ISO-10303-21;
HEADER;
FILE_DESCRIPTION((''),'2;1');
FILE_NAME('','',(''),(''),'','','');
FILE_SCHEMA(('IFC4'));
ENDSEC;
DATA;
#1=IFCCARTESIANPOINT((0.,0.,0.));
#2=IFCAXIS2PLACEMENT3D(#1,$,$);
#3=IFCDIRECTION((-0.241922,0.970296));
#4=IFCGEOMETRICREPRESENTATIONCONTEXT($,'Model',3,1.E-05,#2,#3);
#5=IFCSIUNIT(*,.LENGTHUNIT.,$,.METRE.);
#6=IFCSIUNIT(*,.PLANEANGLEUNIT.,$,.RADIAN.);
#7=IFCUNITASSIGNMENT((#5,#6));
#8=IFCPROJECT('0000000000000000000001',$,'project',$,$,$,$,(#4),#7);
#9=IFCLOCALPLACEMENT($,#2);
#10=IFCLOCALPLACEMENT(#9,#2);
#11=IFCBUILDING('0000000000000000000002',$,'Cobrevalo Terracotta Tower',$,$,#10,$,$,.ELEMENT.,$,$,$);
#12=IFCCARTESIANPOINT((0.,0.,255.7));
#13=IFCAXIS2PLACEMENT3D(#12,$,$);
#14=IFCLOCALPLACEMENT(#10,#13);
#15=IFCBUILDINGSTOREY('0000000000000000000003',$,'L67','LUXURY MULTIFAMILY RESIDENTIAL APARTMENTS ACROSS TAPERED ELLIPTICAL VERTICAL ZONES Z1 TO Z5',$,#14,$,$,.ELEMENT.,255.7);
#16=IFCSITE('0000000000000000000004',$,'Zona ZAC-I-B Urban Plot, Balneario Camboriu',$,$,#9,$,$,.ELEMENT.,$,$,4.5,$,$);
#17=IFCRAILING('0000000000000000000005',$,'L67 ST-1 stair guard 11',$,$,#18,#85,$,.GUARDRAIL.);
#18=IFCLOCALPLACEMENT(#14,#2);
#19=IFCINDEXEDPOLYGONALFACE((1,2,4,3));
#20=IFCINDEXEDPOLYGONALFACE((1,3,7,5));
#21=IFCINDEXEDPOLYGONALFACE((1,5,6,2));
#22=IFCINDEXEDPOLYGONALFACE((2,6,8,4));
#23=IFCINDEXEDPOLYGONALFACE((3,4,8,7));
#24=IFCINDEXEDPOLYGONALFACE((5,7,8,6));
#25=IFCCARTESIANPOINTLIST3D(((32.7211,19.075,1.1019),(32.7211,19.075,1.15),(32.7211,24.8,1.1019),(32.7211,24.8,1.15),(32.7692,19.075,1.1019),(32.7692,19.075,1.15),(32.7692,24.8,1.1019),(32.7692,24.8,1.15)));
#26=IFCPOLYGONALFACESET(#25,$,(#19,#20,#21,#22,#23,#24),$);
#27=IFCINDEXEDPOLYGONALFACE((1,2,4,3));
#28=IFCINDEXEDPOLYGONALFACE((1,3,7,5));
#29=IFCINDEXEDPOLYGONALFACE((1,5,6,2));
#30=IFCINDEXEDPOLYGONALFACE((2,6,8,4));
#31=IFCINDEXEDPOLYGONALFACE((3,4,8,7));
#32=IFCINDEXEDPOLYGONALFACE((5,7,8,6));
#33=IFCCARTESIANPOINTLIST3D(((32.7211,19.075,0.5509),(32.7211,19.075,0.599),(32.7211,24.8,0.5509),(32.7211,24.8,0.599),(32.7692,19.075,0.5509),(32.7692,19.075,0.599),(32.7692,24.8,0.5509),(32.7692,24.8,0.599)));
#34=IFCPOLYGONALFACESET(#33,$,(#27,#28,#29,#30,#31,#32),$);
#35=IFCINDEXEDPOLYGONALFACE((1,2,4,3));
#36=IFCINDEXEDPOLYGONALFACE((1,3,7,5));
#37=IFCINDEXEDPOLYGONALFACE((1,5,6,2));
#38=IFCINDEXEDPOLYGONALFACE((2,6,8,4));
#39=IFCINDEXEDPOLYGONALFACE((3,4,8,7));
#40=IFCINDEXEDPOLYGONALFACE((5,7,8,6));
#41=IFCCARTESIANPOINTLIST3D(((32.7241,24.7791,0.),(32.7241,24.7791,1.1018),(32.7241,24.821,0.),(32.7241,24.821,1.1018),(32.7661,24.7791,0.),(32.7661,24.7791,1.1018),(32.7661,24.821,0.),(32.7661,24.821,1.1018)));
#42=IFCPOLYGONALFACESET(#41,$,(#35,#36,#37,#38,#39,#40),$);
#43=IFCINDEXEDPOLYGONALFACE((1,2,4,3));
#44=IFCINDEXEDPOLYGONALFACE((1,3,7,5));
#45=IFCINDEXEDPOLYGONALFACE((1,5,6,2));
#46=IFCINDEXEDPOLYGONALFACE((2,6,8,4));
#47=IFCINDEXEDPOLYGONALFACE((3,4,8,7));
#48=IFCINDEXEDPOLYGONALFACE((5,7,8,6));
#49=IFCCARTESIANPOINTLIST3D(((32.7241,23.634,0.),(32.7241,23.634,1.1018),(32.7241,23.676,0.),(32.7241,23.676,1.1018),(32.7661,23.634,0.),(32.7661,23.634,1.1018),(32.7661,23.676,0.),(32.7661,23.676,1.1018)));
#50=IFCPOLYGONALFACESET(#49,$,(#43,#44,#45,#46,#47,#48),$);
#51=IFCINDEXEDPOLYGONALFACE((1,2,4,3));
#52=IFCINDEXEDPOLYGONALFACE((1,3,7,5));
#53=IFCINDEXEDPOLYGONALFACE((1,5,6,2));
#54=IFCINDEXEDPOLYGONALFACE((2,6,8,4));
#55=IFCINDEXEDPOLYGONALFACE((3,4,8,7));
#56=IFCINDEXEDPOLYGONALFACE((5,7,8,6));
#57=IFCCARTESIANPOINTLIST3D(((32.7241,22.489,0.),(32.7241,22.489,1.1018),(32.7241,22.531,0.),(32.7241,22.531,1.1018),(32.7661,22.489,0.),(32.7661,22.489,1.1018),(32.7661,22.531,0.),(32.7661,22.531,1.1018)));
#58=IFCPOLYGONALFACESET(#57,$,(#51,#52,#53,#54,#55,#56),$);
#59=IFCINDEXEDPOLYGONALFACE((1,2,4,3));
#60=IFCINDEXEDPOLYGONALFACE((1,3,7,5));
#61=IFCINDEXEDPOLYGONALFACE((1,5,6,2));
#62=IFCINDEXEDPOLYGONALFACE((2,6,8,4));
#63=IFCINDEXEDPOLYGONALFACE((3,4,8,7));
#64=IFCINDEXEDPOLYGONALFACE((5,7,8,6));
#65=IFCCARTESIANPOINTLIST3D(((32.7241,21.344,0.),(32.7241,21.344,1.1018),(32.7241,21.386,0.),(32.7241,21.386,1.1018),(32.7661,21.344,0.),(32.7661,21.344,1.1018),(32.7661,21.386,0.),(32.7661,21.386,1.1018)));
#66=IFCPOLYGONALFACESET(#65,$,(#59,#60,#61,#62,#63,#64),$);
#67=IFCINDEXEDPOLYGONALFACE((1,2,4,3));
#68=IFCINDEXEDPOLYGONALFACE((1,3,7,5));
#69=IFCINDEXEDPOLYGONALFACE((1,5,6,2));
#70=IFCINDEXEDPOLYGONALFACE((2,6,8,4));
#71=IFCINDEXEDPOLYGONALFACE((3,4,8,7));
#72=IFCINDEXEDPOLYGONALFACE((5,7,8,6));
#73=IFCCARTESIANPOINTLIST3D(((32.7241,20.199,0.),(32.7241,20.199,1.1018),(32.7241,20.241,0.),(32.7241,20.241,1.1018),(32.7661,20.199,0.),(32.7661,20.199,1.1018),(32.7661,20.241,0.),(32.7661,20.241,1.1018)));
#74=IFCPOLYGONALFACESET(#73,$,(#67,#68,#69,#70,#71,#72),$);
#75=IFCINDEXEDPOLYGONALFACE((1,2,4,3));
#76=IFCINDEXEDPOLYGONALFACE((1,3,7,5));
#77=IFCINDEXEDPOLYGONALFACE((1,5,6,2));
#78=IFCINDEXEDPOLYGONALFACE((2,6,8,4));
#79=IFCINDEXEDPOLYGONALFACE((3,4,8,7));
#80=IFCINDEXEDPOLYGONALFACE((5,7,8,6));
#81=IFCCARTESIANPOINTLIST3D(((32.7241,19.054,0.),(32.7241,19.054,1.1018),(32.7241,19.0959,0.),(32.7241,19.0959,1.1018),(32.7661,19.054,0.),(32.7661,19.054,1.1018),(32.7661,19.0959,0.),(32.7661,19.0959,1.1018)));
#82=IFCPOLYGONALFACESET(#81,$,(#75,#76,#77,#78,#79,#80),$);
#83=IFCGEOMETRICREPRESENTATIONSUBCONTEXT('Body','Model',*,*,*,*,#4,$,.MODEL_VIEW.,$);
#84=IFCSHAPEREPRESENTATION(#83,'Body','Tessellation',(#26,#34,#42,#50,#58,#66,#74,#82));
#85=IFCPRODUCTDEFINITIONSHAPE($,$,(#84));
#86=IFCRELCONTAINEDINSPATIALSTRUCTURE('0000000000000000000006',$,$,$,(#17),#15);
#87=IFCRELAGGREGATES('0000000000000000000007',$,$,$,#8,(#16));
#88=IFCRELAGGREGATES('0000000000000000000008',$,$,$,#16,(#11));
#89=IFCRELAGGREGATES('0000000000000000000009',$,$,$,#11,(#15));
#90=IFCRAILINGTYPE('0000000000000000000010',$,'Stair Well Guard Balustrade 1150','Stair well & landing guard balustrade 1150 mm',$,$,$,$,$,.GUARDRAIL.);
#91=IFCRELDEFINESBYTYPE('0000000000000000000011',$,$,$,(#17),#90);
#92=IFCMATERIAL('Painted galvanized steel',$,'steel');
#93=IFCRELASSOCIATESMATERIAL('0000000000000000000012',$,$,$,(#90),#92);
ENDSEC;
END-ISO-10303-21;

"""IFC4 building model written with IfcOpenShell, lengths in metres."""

from ifc_helpers import new_model, si_unit, direction, frame, origin, origin_2d, place, context, subcontext, project, spatial, rectangle, extrude, material, type_object, element, save


model = new_model("IFC4")

# Units and contexts
model_context = context("Model", 3, precision=1e-05, world=origin(), true_north=direction((-0.241922, 0.970296)))
body_context = subcontext(model_context, "Body", "Model", "MODEL_VIEW")
ifc_project = project(units=[si_unit("LENGTHUNIT", "METRE"), si_unit("PLANEANGLEUNIT", "RADIAN")], contexts=[model_context])

# Site, building, storey
site_placement = place(None, origin())
site = spatial("IfcSite", under=ifc_project, at=site_placement, Name="Zona ZAC-I-B Urban Plot, Balneario Camboriu", CompositionType="ELEMENT", RefElevation=4.5)
building_placement = place(site_placement, origin())
building = spatial("IfcBuilding", under=site, at=building_placement, Name="Cobrevalo Terracotta Tower", CompositionType="ELEMENT")
storey_placement = place(building_placement, frame((0.0, 0.0, 255.7)))
storey = spatial("IfcBuildingStorey", under=building, at=storey_placement, Name="L67", Description="LUXURY MULTIFAMILY RESIDENTIAL APARTMENTS ACROSS TAPERED ELLIPTICAL VERTICAL ZONES Z1 TO Z5", CompositionType="ELEMENT", Elevation=255.7)

# Railing
ifc_material_1 = material(Name="Painted galvanized steel", Category="steel")
railing_type_1 = type_object("IfcRailingType", Name="Stair Well Guard Balustrade 1150", Description="Stair well & landing guard balustrade 1150 mm", PredefinedType="GUARDRAIL", material=ifc_material_1)
for number, where, name in (
    (1, (32.7451, 24.8, 0.0), "L67 ST-1 stair guard 11"),
):
    element("IfcRailing", number, at=place(storey_placement, frame(where)), inside=storey, type_object=railing_type_1, Name=name, PredefinedType="GUARDRAIL", context=body_context, shape_type="SweptSolid", body=[
        extrude(rectangle(XDim=0.0481, YDim=0.0481, at=origin_2d()), frame((0.0, 0.0, 1.126), z_axis=(0.0, -1.0, 0.0), x_axis=(1.0, 0.0, 0.0)), (0.0, 0.0, 1.0), 5.7251),
        extrude(rectangle(XDim=0.0481, YDim=0.0481, at=origin_2d()), frame((0.0, 0.0, 0.575), z_axis=(0.0, -1.0, 0.0), x_axis=(1.0, 0.0, 0.0)), (0.0, 0.0, 1.0), 5.7251),
        extrude(rectangle(XDim=0.042, YDim=0.042, at=origin_2d()), origin(), (0.0, 0.0, 1.0), 1.1018),
        extrude(rectangle(XDim=0.042, YDim=0.042, at=origin_2d()), frame((0.0, -1.145, 0.0)), (0.0, 0.0, 1.0), 1.1018),
        extrude(rectangle(XDim=0.042, YDim=0.042, at=origin_2d()), frame((0.0, -2.29, 0.0)), (0.0, 0.0, 1.0), 1.1018),
        extrude(rectangle(XDim=0.042, YDim=0.042, at=origin_2d()), frame((0.0, -3.4351, 0.0)), (0.0, 0.0, 1.0), 1.1018),
        extrude(rectangle(XDim=0.042, YDim=0.042, at=origin_2d()), frame((0.0, -4.5801, 0.0)), (0.0, 0.0, 1.0), 1.1018),
        extrude(rectangle(XDim=0.042, YDim=0.042, at=origin_2d()), frame((0.0, -5.7251, 0.0)), (0.0, 0.0, 1.0), 1.1018),
    ])

save(model, "model.ifc")
